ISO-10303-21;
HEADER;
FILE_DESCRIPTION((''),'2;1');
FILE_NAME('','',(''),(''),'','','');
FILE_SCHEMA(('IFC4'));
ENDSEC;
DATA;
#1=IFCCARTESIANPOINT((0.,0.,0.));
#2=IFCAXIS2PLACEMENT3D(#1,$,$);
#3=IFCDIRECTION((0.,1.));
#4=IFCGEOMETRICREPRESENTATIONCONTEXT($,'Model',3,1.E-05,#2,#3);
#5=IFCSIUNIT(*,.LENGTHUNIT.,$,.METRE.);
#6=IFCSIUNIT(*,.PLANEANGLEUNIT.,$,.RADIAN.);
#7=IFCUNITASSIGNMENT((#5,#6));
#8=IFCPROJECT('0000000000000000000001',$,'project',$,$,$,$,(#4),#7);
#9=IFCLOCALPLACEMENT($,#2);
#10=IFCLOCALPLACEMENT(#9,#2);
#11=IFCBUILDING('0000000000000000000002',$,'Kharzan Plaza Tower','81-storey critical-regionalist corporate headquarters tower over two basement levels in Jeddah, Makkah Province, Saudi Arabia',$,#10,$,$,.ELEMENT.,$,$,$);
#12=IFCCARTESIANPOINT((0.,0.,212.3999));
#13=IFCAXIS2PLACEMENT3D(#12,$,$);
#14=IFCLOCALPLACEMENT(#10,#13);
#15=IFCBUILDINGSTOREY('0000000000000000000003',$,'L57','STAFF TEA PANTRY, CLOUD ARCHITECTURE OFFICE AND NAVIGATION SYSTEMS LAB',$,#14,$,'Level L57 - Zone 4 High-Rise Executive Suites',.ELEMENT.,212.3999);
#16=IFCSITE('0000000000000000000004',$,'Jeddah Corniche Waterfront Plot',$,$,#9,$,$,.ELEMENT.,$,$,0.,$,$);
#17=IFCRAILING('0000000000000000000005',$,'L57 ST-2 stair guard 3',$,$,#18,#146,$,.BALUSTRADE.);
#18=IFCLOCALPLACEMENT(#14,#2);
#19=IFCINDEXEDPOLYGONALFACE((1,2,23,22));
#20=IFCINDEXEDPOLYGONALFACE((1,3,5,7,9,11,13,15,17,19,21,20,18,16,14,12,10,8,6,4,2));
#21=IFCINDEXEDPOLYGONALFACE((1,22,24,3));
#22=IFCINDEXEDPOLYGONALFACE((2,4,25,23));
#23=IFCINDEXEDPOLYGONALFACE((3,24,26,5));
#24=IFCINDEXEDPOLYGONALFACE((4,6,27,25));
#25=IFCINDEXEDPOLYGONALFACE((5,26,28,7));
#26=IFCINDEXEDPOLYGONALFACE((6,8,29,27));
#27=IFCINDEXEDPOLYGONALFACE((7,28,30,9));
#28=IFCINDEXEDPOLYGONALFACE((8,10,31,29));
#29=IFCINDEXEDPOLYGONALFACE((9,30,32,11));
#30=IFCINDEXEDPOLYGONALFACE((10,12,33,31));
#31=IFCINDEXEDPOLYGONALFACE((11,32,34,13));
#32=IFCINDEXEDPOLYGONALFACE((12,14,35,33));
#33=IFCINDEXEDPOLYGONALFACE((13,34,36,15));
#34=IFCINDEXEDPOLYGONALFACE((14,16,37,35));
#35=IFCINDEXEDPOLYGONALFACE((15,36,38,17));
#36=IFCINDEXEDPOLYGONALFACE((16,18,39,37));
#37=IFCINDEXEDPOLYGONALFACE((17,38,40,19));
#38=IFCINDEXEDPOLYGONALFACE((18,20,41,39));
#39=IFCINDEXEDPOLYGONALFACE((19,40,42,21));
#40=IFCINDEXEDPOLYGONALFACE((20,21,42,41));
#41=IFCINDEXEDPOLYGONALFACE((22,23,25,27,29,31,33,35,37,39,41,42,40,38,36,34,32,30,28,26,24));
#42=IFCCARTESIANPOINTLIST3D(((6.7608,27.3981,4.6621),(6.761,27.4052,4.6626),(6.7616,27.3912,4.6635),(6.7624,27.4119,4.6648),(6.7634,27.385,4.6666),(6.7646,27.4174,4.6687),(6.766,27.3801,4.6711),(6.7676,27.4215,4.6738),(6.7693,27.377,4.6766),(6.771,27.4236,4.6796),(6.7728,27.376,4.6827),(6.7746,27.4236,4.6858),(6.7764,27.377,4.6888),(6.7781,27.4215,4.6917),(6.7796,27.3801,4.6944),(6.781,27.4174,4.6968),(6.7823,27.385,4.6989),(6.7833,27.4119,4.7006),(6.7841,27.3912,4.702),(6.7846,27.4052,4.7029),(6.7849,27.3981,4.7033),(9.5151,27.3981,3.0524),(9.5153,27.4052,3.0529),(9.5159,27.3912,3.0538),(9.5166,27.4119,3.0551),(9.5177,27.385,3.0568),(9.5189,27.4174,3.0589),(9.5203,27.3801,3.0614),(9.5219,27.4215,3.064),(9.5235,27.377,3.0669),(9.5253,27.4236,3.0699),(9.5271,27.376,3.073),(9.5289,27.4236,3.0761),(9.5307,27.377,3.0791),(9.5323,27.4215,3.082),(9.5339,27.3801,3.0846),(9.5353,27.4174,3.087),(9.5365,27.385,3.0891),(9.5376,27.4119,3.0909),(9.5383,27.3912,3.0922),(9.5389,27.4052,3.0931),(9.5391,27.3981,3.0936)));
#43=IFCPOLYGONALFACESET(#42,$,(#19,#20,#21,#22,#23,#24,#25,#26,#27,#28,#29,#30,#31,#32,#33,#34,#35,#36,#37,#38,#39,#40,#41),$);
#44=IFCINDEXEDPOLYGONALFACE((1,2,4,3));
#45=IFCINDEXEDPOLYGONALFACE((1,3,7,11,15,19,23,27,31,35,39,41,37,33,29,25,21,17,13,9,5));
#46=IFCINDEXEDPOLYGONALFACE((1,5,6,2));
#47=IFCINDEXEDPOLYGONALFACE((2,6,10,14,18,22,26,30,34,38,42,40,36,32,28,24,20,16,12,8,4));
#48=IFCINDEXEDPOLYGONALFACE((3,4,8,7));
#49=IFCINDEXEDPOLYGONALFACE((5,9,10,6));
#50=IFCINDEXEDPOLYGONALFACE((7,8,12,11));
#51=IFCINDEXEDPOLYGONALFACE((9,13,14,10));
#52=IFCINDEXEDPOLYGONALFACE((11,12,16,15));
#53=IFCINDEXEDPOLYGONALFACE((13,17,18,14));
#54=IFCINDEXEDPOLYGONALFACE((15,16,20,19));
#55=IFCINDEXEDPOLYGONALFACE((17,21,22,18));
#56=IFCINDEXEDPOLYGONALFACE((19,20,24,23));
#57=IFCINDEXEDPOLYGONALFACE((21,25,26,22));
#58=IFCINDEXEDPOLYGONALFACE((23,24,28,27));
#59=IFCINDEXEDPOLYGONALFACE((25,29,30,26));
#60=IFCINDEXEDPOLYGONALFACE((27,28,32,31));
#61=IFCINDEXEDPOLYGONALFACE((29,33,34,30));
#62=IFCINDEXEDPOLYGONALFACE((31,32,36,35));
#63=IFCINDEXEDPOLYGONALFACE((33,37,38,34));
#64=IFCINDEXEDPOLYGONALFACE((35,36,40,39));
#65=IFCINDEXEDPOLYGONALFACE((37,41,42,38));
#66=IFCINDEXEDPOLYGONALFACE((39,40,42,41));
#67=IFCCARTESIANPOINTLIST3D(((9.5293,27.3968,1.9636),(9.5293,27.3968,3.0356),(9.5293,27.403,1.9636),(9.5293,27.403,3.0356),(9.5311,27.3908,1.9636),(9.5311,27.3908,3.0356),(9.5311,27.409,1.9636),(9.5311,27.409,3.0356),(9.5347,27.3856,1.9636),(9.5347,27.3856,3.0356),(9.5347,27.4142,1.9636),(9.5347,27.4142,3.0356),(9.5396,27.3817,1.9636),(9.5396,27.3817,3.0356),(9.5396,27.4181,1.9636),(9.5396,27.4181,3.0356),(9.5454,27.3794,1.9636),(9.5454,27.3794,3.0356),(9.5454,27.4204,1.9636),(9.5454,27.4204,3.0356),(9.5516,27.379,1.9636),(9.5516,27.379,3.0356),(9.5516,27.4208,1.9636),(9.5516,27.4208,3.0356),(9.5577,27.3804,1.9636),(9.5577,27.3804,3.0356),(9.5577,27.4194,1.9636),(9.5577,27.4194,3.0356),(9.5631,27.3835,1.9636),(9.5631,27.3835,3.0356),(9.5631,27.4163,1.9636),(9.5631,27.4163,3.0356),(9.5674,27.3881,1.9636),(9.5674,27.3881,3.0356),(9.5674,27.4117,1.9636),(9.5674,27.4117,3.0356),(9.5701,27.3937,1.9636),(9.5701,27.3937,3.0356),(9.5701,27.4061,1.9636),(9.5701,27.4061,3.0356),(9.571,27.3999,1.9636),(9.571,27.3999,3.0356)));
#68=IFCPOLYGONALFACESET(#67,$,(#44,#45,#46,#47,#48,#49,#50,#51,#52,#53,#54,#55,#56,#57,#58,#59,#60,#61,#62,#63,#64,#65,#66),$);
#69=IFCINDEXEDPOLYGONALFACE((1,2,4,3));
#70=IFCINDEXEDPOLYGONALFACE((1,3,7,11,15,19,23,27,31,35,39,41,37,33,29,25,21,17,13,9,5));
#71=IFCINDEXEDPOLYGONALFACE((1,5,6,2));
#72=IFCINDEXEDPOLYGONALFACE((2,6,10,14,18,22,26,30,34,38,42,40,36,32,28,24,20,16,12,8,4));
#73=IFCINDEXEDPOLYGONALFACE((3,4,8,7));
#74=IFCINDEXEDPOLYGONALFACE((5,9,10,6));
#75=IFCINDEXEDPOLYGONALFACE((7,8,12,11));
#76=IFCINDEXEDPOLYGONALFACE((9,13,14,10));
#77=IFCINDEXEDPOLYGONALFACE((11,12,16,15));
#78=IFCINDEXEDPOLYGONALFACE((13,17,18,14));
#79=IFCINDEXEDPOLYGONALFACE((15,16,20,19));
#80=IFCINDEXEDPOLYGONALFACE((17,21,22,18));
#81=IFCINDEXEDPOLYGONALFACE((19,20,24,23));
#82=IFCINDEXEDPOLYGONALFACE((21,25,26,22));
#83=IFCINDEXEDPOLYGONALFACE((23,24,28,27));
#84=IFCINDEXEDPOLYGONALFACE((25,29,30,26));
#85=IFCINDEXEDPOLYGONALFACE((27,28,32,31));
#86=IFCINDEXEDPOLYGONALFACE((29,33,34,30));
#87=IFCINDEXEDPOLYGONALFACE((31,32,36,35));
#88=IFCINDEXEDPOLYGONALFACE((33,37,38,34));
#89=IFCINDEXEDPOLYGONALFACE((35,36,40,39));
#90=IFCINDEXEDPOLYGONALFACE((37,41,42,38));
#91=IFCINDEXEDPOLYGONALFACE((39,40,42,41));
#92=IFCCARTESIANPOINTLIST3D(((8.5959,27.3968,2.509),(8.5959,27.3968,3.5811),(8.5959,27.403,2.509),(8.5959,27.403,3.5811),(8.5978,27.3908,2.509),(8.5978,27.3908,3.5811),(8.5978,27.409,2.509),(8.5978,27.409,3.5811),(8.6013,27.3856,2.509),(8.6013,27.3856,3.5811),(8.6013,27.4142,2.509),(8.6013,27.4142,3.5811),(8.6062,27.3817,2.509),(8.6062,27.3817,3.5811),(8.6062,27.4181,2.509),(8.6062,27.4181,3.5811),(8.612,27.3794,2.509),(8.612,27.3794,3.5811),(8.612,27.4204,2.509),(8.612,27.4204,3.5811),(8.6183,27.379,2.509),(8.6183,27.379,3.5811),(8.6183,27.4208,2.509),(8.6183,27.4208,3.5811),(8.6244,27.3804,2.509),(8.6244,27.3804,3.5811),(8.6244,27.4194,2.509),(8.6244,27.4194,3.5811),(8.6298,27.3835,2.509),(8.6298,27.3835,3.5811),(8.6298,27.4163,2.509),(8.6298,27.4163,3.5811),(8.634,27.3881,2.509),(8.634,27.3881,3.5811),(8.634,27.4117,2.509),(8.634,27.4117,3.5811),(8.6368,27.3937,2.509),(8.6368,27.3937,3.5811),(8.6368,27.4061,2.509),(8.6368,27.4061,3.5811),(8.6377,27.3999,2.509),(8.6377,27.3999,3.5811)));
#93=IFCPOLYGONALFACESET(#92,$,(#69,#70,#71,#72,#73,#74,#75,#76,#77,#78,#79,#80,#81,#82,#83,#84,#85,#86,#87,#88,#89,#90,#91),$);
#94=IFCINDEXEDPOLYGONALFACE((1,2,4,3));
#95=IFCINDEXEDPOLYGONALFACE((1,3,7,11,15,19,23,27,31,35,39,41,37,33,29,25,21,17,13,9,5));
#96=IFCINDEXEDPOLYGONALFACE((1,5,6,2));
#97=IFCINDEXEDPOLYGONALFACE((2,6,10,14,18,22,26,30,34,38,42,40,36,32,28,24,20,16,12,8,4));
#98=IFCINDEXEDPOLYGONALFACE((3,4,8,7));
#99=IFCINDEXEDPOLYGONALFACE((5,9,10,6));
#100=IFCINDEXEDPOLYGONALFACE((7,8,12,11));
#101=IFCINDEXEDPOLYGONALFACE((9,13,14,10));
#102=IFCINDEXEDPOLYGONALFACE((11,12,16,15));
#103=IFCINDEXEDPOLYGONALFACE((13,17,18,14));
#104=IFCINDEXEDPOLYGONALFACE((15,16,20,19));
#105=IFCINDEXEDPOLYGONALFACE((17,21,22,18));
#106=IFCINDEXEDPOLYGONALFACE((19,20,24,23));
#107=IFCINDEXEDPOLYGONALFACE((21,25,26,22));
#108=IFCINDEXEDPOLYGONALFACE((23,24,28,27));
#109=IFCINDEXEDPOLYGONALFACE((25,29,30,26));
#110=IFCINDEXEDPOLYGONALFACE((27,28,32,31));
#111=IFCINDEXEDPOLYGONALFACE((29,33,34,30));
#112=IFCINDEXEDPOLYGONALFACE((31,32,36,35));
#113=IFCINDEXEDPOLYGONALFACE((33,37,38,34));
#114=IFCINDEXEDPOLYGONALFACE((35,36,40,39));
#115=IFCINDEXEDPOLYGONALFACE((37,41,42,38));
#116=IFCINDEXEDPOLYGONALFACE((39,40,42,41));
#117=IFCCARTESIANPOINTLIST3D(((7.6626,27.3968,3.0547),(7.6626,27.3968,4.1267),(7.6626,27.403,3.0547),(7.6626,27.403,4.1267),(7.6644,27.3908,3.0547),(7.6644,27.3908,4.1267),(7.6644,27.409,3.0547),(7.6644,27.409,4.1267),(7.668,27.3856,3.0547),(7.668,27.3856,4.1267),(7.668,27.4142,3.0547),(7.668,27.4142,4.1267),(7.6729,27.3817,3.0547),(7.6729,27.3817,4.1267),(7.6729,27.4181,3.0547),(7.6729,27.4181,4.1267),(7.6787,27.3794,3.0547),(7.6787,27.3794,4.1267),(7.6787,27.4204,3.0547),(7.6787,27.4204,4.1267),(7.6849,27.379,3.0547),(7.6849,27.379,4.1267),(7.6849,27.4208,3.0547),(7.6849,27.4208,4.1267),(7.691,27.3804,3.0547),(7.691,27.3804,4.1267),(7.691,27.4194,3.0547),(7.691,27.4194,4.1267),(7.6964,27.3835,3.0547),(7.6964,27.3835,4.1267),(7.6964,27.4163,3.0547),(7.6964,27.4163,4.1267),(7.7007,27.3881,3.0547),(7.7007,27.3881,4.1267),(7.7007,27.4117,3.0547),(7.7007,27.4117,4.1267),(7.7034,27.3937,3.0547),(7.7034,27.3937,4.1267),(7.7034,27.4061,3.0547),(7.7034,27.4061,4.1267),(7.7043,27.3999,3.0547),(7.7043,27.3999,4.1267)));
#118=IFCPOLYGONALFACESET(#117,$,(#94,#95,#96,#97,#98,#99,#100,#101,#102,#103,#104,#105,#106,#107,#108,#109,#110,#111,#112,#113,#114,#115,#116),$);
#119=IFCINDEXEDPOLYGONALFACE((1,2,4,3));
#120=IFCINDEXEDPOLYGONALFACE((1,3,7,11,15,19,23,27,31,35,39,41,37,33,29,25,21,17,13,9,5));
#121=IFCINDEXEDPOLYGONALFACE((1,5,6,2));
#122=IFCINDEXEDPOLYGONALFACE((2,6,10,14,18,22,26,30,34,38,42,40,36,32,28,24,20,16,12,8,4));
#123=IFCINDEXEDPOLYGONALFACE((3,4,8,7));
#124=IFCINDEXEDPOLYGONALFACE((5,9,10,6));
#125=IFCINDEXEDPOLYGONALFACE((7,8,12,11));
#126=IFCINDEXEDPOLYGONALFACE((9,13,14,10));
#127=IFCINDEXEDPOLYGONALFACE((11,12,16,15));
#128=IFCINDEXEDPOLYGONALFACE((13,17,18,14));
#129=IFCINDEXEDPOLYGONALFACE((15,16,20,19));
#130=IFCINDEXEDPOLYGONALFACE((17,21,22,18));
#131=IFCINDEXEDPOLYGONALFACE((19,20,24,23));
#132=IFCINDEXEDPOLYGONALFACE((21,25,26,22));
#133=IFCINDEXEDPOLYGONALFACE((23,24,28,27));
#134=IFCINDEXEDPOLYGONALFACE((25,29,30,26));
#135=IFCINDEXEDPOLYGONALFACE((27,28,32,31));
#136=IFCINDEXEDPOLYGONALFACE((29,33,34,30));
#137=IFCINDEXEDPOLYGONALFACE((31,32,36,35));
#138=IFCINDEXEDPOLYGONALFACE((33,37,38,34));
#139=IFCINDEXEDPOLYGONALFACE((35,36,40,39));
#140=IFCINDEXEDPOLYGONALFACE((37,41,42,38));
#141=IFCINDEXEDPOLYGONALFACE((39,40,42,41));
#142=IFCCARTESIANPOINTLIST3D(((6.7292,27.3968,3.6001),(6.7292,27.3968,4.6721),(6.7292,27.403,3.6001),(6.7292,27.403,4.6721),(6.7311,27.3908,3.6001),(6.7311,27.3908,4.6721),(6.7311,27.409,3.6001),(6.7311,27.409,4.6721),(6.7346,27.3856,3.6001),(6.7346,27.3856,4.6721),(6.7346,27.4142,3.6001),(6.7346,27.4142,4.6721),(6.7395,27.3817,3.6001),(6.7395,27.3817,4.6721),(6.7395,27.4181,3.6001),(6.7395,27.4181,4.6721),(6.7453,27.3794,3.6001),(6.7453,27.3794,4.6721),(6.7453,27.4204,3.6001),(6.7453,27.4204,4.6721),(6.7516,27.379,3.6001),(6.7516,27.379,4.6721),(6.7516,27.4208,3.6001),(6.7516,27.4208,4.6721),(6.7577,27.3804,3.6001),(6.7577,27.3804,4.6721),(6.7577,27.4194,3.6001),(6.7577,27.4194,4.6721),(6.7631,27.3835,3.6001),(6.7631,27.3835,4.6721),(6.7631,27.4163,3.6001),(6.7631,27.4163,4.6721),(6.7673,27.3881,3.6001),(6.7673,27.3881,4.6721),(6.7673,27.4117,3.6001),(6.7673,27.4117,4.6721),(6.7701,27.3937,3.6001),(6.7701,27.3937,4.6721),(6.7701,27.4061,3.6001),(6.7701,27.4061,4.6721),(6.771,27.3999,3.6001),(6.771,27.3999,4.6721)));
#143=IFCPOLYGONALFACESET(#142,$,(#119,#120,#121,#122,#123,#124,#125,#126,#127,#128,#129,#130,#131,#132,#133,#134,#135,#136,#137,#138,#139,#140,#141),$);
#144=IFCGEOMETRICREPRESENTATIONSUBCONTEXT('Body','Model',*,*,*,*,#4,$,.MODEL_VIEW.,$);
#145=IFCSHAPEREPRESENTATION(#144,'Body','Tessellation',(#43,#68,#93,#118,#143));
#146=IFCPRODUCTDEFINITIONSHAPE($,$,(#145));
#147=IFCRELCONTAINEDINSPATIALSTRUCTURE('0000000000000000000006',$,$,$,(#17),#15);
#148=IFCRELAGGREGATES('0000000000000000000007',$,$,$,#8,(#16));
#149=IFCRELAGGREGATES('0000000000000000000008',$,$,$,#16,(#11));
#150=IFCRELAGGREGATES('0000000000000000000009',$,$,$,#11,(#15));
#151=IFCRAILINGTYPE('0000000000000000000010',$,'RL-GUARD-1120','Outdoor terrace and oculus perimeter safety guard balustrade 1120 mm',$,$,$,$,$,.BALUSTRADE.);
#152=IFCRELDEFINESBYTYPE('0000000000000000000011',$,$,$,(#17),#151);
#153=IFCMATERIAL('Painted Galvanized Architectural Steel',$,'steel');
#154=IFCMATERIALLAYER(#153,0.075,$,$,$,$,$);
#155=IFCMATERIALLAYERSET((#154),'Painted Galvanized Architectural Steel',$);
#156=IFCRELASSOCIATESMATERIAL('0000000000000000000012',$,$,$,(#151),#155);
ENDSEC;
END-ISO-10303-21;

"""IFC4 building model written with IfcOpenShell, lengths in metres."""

from ifc_helpers import new_model, si_unit, direction, frame, origin, origin_2d, place, context, subcontext, project, spatial, circle, extrude, source, transform, mapped, material, layer, layer_set, type_object, element, save


model = new_model("IFC4")

# Units and contexts
model_context = context("Model", 3, precision=1e-05, world=origin(), true_north=direction((0.0, 1.0)))
body_context = subcontext(model_context, "Body", "Model", "MODEL_VIEW")
ifc_project = project(units=[si_unit("LENGTHUNIT", "METRE"), si_unit("PLANEANGLEUNIT", "RADIAN")], contexts=[model_context])

# Site, building, storey
site_placement = place(None, origin())
site = spatial("IfcSite", under=ifc_project, at=site_placement, Name="Jeddah Corniche Waterfront Plot", CompositionType="ELEMENT", RefElevation=0.0)
building_placement = place(site_placement, origin())
building = spatial("IfcBuilding", under=site, at=building_placement, Name="Kharzan Plaza Tower", Description="81-storey critical-regionalist corporate headquarters tower over two basement levels in Jeddah, Makkah Province, Saudi Arabia", CompositionType="ELEMENT")
storey_placement = place(building_placement, frame((0.0, 0.0, 212.3999)))
storey = spatial("IfcBuildingStorey", under=building, at=storey_placement, Name="L57", Description="STAFF TEA PANTRY, CLOUD ARCHITECTURE OFFICE AND NAVIGATION SYSTEMS LAB", LongName="Level L57 - Zone 4 High-Rise Executive Suites", CompositionType="ELEMENT", Elevation=212.3999)

# Railing
ifc_material_1 = material(Name="Painted Galvanized Architectural Steel", Category="steel")
ifc_layer_1 = layer(ifc_material_1, 0.075)
ifc_layer_set_1 = layer_set([ifc_layer_1], Name="Painted Galvanized Architectural Steel")
railing_type_1 = type_object("IfcRailingType", Name="RL-GUARD-1120", Description="Outdoor terrace and oculus perimeter safety guard balustrade 1120 mm", PredefinedType="BALUSTRADE", material=ifc_layer_set_1)
shared_shape_1 = source(origin(), body_context, "Body", "SweptSolid", [
    extrude(circle(Radius=0.0239, at=origin_2d()), frame((-0.0229, 0.0, 1.1094), z_axis=(-0.863361, 0.0, 0.504587), x_axis=(0.0, -1.0, 0.0)), (0.0, 0.0, 1.0), 3.1902),
    extrude(circle(Radius=0.021, at=origin_2d()), origin(), (0.0, 0.0, 1.0), 1.072),
    extrude(circle(Radius=0.021, at=origin_2d()), frame((-0.9333, 0.0, 0.5454)), (0.0, 0.0, 1.0), 1.072),
    extrude(circle(Radius=0.021, at=origin_2d()), frame((-1.8667, 0.0, 1.0911)), (0.0, 0.0, 1.0), 1.072),
    extrude(circle(Radius=0.021, at=origin_2d()), frame((-2.8, 0.0, 1.6365)), (0.0, 0.0, 1.0), 1.072),
])
railing_1_placement = place(storey_placement, frame((9.55, 27.3999, 1.9636)))
element("IfcRailing", 1, at=railing_1_placement, inside=storey, type_object=railing_type_1, Name="L57 ST-2 stair guard 3", PredefinedType="BALUSTRADE", context=body_context, shape_type="MappedRepresentation", body=[
    mapped(shared_shape_1, transform((0.0, 0.0, 0.0), x_axis=(1.0, 0.0, 0.0), y_axis=(0.0, 1.0, 0.0), z_axis=(0.0, 0.0, 1.0))),
])

save(model, "model.ifc")
